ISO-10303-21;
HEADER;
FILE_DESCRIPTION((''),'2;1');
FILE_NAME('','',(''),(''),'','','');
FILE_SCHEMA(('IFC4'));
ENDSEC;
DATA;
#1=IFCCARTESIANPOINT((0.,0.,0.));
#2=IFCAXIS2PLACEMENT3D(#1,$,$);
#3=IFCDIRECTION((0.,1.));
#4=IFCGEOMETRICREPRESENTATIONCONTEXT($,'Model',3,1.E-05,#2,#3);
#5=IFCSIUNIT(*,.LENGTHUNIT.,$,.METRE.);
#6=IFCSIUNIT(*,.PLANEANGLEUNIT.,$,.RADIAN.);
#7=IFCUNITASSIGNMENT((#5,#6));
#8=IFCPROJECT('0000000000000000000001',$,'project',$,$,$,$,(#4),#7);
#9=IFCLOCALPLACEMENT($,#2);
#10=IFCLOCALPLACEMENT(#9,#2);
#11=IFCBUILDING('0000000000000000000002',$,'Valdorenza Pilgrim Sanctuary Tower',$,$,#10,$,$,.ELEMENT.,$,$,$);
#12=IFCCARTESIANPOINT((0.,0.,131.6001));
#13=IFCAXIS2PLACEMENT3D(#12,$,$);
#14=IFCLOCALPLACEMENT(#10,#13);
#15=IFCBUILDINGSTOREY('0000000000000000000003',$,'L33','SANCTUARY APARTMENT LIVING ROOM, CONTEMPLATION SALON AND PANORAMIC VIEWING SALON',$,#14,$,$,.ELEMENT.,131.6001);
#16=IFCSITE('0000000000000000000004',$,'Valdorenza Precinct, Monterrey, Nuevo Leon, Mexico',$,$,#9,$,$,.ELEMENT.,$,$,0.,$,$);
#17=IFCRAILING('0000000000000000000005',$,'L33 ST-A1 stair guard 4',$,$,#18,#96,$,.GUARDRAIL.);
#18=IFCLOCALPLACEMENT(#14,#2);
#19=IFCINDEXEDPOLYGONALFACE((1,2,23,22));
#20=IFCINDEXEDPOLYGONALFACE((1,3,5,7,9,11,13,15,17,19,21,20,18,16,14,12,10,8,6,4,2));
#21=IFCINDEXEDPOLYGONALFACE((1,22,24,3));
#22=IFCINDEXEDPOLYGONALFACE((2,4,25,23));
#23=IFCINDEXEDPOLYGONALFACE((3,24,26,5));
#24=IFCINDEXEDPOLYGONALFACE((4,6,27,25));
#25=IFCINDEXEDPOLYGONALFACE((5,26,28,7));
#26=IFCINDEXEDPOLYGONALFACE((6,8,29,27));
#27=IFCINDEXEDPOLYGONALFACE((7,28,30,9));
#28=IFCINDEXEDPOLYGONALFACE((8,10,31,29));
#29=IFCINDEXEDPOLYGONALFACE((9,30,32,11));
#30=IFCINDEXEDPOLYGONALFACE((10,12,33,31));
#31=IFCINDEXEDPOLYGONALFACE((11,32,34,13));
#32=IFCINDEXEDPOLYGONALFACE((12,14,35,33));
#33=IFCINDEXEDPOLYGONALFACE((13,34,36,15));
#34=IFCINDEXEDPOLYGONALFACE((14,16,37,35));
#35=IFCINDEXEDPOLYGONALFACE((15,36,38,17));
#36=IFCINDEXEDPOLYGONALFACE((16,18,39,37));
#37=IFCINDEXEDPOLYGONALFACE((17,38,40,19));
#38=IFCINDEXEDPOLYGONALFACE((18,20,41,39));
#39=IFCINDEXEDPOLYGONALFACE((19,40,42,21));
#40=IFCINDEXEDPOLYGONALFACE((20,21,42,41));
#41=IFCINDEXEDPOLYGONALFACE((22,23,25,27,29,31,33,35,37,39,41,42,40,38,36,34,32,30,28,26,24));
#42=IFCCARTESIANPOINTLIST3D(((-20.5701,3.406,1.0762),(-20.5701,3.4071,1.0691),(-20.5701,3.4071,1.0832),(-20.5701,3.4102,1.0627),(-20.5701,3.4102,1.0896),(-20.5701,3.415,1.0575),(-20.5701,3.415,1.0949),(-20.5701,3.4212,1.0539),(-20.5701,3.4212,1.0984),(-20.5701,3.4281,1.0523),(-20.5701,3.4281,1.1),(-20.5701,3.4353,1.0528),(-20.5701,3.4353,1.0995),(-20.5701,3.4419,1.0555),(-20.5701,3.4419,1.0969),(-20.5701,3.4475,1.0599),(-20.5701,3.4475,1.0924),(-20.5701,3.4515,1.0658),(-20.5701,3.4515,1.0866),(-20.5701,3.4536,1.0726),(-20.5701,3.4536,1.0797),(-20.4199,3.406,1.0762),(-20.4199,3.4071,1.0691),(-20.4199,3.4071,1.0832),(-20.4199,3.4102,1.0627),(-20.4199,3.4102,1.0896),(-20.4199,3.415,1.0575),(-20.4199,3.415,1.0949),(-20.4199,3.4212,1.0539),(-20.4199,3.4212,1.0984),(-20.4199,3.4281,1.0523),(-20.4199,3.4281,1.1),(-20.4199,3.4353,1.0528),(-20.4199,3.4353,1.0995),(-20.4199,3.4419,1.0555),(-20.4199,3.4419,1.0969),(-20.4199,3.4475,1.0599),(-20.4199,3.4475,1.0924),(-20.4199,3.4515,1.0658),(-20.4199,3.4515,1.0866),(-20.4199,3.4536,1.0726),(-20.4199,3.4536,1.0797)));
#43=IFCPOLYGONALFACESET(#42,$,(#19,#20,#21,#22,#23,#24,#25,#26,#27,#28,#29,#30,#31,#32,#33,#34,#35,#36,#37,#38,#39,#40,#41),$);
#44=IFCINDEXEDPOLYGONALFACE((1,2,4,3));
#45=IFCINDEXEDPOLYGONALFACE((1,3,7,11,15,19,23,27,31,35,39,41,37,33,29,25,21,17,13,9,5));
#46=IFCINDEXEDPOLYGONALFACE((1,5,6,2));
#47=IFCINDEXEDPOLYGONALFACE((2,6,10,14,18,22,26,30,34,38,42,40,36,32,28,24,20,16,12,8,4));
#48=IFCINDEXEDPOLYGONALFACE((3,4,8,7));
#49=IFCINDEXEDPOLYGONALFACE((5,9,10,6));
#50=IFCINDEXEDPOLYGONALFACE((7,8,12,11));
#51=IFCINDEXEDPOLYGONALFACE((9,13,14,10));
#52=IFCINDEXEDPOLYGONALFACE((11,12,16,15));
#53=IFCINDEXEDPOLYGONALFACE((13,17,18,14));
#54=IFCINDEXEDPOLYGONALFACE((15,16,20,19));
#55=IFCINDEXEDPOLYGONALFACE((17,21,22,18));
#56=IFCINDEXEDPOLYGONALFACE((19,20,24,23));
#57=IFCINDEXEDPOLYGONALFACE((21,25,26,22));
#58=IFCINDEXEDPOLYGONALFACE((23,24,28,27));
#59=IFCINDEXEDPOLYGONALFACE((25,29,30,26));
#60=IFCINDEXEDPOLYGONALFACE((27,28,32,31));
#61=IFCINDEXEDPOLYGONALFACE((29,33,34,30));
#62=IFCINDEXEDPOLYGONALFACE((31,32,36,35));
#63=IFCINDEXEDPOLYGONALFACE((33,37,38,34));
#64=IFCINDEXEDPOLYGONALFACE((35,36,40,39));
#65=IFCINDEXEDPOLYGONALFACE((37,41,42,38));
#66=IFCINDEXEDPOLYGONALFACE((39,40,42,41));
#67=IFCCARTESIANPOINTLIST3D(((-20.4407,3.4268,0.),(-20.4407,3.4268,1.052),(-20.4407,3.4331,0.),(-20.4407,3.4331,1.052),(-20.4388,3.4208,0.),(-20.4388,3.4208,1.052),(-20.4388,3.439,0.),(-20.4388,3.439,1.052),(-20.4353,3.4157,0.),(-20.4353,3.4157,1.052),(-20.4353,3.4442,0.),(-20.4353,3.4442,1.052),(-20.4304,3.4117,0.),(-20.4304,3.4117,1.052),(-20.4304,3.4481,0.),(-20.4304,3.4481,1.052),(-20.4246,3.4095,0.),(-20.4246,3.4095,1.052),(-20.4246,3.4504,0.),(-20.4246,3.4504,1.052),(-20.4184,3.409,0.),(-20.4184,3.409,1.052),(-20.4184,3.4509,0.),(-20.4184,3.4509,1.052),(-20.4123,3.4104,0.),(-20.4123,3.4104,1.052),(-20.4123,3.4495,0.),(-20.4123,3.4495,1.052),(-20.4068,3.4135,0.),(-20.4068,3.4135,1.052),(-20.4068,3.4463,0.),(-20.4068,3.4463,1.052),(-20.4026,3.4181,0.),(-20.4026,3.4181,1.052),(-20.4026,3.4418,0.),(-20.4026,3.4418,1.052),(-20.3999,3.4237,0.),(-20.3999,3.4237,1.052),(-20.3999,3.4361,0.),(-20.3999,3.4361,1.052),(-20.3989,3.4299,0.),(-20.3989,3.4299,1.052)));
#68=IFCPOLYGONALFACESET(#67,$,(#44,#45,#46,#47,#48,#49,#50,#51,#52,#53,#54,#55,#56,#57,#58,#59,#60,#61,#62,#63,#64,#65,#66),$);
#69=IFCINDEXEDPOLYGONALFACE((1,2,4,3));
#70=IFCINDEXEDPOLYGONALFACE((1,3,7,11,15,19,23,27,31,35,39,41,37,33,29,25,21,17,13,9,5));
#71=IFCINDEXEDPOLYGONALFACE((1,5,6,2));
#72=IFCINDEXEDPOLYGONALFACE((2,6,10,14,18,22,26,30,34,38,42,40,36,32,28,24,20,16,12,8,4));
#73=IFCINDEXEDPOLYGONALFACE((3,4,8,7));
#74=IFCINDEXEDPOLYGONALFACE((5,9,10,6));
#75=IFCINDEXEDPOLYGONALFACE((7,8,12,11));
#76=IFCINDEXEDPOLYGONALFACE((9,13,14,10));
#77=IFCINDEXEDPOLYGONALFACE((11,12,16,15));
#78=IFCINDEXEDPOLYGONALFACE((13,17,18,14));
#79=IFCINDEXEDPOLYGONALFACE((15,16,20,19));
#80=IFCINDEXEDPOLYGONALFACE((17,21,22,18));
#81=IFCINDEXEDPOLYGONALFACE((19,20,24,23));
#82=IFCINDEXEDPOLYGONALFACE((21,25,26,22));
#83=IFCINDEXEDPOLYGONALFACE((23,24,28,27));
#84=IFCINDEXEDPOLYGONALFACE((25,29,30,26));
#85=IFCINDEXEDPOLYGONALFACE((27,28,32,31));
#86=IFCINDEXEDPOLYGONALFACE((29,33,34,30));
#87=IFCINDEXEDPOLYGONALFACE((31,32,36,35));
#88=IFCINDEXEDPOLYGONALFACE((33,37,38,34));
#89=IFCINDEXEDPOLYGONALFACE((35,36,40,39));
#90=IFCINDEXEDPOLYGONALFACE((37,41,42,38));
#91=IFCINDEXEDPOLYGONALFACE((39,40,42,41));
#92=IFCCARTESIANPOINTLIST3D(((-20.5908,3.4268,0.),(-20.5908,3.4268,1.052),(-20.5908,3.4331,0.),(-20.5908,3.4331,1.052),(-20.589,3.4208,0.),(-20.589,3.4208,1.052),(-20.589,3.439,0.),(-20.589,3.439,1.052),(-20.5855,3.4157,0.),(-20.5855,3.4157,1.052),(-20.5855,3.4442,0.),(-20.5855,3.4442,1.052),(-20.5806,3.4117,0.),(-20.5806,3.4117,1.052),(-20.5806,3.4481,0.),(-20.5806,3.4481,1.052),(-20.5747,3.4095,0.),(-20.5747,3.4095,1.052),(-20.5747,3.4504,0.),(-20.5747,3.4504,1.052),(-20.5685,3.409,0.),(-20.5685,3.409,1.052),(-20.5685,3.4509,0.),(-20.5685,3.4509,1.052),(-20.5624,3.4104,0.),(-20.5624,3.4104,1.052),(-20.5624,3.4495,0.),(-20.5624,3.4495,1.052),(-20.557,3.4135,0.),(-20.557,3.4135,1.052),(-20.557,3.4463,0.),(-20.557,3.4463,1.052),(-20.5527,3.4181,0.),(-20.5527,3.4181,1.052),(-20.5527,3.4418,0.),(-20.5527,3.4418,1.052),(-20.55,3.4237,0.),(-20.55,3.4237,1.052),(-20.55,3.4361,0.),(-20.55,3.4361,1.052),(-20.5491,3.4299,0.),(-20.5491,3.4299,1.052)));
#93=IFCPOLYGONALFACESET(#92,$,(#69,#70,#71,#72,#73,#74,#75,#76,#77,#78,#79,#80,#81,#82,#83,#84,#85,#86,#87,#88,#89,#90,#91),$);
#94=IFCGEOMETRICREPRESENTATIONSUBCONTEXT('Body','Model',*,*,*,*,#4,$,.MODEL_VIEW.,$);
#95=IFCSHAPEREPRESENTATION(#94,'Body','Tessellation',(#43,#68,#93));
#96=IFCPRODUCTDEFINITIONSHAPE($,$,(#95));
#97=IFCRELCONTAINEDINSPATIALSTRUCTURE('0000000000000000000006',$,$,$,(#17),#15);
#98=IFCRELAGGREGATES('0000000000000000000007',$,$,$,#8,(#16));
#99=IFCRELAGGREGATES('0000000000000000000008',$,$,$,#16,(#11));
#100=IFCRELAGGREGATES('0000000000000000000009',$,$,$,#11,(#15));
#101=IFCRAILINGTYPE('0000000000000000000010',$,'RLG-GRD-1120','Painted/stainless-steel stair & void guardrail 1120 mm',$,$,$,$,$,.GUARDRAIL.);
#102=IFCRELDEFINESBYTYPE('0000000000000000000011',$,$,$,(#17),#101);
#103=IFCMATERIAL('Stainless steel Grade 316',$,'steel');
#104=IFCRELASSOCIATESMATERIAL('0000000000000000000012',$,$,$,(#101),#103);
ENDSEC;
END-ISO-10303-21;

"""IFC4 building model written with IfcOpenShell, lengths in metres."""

from ifc_helpers import new_model, si_unit, direction, frame, origin, origin_2d, place, context, subcontext, project, spatial, circle, extrude, material, type_object, element, save


model = new_model("IFC4")

# Units and contexts
model_context = context("Model", 3, precision=1e-05, world=origin(), true_north=direction((0.0, 1.0)))
body_context = subcontext(model_context, "Body", "Model", "MODEL_VIEW")
ifc_project = project(units=[si_unit("LENGTHUNIT", "METRE"), si_unit("PLANEANGLEUNIT", "RADIAN")], contexts=[model_context])

# Site, building, storey
site_placement = place(None, origin())
site = spatial("IfcSite", under=ifc_project, at=site_placement, Name="Valdorenza Precinct, Monterrey, Nuevo Leon, Mexico", CompositionType="ELEMENT", RefElevation=0.0)
building_placement = place(site_placement, origin())
building = spatial("IfcBuilding", under=site, at=building_placement, Name="Valdorenza Pilgrim Sanctuary Tower", CompositionType="ELEMENT")
storey_placement = place(building_placement, frame((0.0, 0.0, 131.6001)))
storey = spatial("IfcBuildingStorey", under=building, at=storey_placement, Name="L33", Description="SANCTUARY APARTMENT LIVING ROOM, CONTEMPLATION SALON AND PANORAMIC VIEWING SALON", CompositionType="ELEMENT", Elevation=131.6001)

# Railing
ifc_material_1 = material(Name="Stainless steel Grade 316", Category="steel")
railing_type_1 = type_object("IfcRailingType", Name="RLG-GRD-1120", Description="Painted/stainless-steel stair & void guardrail 1120 mm", PredefinedType="GUARDRAIL", material=ifc_material_1)
railing_1_placement = place(storey_placement, frame((-20.4199, 3.4299, 0.0)))
element("IfcRailing", 1, at=railing_1_placement, inside=storey, type_object=railing_type_1, Name="L33 ST-A1 stair guard 4", PredefinedType="GUARDRAIL", context=body_context, shape_type="SweptSolid", body=[
    extrude(circle(Radius=0.0239, at=origin_2d()), frame((0.0, 0.0, 1.0762), z_axis=(-1.0, 0.0, 0.0), x_axis=(0.0, -1.0, 0.0)), (0.0, 0.0, 1.0), 0.1501),
    extrude(circle(Radius=0.021, at=origin_2d()), origin(), (0.0, 0.0, 1.0), 1.052),
    extrude(circle(Radius=0.021, at=origin_2d()), frame((-0.1501, 0.0, 0.0)), (0.0, 0.0, 1.0), 1.052),
])

save(model, "model.ifc")
